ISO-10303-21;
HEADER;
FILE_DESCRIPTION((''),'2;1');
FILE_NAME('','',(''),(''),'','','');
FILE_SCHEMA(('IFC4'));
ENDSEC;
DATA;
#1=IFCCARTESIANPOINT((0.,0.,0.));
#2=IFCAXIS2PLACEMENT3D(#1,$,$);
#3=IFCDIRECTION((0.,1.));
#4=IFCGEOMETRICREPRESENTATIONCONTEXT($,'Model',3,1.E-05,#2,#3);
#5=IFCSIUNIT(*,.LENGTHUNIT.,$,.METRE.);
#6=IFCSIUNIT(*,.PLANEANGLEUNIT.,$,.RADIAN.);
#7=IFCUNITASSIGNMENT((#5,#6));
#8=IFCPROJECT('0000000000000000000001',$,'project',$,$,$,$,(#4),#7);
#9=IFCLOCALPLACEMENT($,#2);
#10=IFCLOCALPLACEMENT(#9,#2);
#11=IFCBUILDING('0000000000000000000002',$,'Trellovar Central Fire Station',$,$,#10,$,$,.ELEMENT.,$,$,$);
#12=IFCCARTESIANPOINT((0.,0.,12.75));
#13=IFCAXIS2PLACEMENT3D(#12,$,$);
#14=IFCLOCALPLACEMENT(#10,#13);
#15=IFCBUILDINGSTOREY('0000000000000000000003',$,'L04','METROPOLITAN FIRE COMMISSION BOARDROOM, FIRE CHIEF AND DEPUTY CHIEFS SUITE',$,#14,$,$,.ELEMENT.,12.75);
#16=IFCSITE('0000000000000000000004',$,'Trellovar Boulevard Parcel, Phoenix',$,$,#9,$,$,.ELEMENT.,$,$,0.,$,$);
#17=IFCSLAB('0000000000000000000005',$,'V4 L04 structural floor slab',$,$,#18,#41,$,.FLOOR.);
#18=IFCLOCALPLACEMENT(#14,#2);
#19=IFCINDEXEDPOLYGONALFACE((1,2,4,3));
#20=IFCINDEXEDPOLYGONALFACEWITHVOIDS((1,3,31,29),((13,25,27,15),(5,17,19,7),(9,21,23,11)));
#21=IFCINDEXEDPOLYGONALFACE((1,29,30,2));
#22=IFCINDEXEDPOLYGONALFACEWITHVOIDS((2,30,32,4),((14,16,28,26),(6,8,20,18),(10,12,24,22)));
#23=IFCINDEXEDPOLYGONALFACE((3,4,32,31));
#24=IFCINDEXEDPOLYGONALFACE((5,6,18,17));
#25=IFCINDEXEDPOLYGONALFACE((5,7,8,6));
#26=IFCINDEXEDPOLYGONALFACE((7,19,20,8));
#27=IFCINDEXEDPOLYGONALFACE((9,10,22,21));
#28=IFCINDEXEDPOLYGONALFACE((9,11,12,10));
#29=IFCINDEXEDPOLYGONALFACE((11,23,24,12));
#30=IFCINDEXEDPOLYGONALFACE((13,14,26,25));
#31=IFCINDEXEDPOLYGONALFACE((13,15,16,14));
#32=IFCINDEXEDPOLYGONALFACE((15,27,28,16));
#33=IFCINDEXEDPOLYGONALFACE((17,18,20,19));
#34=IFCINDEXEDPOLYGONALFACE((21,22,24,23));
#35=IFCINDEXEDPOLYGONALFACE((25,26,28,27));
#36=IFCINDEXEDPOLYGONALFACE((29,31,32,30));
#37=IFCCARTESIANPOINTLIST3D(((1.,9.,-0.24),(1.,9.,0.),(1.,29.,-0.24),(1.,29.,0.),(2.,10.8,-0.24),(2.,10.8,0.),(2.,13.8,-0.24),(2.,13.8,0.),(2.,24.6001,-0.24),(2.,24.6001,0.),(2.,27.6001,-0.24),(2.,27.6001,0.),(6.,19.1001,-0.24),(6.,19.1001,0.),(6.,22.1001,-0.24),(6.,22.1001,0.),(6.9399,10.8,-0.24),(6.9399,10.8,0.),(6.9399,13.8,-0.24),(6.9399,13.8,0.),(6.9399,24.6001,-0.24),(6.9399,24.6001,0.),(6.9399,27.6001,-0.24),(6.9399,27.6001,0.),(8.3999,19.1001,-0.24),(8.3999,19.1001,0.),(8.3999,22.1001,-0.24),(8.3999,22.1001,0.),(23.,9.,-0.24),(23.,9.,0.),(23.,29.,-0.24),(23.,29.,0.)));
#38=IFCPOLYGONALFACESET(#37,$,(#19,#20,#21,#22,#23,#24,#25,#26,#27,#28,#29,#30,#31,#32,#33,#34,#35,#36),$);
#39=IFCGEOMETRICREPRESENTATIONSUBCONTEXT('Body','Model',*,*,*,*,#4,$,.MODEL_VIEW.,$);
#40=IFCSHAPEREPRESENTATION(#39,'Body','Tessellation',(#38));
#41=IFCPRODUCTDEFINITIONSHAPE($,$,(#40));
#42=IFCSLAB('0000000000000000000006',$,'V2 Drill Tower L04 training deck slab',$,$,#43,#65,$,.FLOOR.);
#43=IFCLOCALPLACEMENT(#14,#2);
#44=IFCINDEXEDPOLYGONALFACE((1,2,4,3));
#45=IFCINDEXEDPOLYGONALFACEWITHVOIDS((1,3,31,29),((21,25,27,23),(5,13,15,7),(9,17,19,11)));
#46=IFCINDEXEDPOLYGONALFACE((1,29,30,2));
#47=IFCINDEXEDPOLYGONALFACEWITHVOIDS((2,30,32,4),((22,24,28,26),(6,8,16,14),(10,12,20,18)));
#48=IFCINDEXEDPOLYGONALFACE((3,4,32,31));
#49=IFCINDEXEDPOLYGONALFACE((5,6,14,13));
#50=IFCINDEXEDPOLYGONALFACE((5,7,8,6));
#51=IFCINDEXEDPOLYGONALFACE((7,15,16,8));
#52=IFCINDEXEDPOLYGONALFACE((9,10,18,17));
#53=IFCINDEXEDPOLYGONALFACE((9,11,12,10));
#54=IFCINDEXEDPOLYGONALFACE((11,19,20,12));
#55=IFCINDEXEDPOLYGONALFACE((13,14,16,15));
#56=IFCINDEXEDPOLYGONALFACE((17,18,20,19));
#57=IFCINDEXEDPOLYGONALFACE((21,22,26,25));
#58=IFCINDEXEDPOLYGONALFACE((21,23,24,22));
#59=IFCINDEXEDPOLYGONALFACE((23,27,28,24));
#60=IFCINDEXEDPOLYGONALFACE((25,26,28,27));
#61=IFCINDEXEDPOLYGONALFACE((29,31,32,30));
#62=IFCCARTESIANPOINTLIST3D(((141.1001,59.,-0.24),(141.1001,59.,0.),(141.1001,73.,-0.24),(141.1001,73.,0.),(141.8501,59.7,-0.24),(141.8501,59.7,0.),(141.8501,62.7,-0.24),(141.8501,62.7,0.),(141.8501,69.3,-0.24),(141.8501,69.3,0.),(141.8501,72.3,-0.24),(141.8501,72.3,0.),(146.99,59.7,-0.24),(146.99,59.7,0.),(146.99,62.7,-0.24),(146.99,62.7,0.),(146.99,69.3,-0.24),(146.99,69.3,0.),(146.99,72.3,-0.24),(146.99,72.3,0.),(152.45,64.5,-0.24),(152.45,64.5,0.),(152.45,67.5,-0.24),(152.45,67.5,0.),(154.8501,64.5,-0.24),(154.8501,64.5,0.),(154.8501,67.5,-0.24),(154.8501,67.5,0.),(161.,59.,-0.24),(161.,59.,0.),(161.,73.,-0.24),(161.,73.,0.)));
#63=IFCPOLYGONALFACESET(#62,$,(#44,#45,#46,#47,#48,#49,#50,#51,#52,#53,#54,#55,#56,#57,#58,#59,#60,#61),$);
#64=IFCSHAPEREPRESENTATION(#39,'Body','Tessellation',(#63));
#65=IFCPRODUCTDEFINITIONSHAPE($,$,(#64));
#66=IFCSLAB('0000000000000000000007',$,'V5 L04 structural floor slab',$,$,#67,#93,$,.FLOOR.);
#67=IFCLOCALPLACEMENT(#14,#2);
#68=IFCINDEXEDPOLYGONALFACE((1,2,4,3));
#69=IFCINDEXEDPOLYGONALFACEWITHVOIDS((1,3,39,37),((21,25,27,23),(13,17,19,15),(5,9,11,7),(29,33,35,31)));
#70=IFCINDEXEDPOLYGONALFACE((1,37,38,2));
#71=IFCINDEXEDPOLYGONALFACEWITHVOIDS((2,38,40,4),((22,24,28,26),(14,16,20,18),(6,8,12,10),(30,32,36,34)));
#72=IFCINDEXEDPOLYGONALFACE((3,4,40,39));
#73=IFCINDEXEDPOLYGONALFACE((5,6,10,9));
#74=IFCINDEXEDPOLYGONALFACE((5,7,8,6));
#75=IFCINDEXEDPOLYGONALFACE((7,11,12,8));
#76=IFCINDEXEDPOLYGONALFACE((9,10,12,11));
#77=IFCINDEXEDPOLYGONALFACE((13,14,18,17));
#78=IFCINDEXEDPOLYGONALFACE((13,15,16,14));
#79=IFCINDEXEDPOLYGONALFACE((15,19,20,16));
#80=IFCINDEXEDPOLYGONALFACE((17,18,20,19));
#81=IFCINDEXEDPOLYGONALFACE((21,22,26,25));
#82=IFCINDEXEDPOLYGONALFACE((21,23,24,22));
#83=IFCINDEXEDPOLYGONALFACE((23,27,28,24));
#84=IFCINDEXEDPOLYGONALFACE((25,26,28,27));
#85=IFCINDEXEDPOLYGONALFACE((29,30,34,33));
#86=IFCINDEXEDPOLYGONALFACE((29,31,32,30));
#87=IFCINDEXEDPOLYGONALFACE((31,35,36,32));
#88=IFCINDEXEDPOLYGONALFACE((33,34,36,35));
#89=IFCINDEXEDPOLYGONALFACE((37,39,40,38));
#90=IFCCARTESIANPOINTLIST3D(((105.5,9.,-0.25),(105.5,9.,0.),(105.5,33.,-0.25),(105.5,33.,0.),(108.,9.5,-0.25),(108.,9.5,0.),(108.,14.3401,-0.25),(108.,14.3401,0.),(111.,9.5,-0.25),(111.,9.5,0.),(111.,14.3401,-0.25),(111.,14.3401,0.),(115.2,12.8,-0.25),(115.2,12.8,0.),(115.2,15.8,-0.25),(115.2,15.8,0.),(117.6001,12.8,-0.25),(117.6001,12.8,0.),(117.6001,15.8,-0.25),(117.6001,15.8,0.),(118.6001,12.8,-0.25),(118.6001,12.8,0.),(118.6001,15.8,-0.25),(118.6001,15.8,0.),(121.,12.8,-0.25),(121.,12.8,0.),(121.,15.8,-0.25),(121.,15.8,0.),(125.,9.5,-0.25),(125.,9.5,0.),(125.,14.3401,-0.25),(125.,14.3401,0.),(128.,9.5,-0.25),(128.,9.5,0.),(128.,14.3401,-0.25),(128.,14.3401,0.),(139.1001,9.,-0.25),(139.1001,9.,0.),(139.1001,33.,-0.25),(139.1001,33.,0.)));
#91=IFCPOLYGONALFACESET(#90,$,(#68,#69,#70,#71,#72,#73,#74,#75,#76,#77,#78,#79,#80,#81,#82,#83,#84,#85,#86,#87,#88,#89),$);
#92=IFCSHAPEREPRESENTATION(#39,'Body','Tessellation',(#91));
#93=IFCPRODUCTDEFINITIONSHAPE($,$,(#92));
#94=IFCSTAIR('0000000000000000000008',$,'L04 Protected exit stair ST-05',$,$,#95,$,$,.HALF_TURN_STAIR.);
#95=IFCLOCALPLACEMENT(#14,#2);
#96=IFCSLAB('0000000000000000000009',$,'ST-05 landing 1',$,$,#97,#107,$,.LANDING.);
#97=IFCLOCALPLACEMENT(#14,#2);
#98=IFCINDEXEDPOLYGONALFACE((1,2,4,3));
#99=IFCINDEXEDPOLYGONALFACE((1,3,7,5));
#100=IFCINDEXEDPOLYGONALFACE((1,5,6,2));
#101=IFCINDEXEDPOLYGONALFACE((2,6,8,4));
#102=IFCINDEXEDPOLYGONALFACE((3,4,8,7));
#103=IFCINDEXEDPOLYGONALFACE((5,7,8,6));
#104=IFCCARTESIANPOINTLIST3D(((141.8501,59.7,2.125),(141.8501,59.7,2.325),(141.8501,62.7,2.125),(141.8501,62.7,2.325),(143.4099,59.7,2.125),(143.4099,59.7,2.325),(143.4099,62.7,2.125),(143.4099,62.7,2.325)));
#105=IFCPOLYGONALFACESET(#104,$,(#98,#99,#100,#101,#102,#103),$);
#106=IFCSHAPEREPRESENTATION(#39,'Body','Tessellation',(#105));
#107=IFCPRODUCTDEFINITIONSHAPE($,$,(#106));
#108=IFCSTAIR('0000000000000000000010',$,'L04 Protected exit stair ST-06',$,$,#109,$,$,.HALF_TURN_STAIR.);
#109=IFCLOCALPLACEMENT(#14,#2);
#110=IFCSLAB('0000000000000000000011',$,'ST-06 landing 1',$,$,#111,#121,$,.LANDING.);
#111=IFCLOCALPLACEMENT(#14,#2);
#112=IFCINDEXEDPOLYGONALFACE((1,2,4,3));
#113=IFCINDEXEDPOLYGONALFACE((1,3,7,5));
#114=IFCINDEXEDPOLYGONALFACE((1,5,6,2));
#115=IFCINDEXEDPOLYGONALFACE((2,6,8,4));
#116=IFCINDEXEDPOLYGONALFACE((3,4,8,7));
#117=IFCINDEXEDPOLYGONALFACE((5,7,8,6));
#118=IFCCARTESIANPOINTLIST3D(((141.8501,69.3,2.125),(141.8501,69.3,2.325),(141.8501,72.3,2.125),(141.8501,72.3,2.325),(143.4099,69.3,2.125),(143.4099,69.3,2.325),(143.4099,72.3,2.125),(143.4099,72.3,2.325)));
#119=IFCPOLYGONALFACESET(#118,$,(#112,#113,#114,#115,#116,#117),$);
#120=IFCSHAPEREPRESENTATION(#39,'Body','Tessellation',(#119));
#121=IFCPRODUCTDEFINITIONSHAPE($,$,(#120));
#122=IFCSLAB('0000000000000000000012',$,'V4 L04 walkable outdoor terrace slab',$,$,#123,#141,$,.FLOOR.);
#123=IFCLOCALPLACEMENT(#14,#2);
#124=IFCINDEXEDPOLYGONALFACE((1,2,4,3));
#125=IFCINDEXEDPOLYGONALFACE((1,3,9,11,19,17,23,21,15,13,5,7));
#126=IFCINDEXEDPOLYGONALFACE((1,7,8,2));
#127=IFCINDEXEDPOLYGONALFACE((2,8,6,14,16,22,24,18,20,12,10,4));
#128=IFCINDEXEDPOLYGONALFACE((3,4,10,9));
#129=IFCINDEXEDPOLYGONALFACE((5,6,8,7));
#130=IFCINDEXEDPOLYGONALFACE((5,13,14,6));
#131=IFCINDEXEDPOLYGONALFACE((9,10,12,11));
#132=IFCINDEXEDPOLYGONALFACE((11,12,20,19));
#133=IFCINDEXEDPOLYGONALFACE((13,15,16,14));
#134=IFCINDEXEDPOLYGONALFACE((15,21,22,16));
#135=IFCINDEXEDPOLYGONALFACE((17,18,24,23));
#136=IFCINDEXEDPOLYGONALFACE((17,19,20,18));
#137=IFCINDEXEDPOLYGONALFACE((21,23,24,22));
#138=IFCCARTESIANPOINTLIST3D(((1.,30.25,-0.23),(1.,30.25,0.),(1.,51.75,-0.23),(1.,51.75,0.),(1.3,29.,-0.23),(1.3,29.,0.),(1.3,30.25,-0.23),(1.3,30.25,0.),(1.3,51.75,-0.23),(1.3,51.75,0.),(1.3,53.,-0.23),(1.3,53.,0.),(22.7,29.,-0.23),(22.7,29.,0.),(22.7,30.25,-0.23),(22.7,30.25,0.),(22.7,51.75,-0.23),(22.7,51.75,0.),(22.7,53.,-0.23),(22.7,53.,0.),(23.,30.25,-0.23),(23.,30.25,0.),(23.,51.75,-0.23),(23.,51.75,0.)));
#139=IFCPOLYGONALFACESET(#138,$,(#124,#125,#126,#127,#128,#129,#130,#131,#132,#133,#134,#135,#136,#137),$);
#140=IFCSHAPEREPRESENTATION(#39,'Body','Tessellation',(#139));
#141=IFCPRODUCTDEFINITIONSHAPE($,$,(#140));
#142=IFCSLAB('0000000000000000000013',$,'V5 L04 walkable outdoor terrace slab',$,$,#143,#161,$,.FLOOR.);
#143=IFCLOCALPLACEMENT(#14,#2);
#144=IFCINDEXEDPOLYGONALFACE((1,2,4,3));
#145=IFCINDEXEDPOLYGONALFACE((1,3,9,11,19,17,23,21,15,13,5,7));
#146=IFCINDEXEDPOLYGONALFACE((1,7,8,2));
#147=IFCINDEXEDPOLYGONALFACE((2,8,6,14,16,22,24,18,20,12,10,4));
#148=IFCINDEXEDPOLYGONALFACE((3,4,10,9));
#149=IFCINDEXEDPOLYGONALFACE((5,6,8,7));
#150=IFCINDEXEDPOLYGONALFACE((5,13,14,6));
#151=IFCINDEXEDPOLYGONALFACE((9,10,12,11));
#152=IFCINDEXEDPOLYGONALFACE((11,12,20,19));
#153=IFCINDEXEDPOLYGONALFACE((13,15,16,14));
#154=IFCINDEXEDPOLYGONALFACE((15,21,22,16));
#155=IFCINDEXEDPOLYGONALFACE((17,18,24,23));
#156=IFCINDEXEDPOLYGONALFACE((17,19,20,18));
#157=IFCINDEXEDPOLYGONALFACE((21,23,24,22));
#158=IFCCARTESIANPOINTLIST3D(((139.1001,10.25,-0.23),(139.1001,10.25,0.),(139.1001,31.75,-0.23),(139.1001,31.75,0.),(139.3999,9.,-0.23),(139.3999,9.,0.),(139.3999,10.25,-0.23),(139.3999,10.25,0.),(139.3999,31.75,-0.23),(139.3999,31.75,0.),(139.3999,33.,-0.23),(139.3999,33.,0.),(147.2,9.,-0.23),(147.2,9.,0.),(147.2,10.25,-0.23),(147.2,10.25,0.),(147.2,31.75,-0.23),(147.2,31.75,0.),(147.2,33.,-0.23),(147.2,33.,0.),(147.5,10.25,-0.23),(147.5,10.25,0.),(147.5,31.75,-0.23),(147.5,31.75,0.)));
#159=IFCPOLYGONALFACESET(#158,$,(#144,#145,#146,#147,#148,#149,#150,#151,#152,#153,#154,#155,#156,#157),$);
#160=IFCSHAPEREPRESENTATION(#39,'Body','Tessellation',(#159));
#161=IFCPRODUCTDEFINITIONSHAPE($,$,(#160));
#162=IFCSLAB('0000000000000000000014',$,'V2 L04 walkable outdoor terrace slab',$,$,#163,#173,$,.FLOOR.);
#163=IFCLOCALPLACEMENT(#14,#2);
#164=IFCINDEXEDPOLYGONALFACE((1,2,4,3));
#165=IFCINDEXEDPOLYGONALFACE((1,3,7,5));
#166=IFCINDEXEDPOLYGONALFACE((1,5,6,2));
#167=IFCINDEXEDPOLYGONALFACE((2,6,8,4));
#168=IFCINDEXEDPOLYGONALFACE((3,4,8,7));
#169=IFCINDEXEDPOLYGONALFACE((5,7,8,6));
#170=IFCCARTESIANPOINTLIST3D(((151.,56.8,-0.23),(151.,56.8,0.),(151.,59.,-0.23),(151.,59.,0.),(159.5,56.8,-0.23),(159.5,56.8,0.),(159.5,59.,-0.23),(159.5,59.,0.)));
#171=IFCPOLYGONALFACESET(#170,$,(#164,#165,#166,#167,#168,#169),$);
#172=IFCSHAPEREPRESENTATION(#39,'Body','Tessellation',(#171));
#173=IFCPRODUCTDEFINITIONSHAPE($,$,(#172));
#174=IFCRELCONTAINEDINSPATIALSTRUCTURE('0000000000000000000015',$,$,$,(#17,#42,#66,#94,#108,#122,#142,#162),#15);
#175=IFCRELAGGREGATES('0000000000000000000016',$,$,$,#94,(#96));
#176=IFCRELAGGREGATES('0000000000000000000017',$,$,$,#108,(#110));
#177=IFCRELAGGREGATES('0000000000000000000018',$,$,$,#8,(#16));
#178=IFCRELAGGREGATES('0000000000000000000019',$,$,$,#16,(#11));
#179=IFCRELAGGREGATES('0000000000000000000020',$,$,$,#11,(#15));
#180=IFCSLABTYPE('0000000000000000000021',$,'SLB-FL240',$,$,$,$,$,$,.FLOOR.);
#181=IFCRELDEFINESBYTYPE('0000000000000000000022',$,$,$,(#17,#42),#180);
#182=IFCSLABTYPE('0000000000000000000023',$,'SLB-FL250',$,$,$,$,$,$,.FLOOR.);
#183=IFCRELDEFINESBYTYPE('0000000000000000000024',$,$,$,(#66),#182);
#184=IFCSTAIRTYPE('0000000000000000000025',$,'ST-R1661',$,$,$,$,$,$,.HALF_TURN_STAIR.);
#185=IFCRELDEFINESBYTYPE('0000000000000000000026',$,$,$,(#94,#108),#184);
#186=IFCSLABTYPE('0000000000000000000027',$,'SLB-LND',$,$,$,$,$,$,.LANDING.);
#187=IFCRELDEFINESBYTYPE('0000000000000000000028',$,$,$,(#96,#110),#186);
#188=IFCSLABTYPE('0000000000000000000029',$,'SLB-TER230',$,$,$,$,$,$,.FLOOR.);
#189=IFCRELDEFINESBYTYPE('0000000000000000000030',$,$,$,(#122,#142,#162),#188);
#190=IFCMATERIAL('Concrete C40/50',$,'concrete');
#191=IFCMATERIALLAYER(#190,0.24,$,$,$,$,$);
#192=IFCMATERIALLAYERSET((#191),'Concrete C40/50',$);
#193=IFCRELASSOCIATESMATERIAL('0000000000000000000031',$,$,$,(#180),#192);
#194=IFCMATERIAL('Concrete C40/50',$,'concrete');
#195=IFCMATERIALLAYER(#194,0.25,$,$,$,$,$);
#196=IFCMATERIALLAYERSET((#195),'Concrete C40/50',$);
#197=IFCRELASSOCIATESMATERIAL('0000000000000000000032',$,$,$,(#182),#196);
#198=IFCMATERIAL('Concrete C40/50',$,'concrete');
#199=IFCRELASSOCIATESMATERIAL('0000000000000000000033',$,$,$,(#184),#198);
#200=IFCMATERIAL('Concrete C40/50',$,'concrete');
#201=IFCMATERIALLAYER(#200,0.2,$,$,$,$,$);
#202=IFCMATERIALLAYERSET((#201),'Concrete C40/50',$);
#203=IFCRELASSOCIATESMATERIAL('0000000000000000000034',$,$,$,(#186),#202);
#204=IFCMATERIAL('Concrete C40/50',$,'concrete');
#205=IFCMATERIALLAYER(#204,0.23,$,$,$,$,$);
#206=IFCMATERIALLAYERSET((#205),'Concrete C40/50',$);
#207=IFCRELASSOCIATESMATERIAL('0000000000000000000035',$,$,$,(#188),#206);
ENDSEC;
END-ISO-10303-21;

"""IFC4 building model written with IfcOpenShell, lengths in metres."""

from ifc_helpers import new_model, si_unit, direction, frame, origin, place, context, subcontext, project, spatial, polyline, outline, extrude, material, layer, layer_set, type_object, element, aggregate, save


model = new_model("IFC4")

# Units and contexts
model_context = context("Model", 3, precision=1e-05, world=origin(), true_north=direction((0.0, 1.0)))
body_context = subcontext(model_context, "Body", "Model", "MODEL_VIEW")
ifc_project = project(units=[si_unit("LENGTHUNIT", "METRE"), si_unit("PLANEANGLEUNIT", "RADIAN")], contexts=[model_context])

# Site, building, storey
site_placement = place(None, origin())
site = spatial("IfcSite", under=ifc_project, at=site_placement, Name="Trellovar Boulevard Parcel, Phoenix", CompositionType="ELEMENT", RefElevation=0.0)
building_placement = place(site_placement, origin())
building = spatial("IfcBuilding", under=site, at=building_placement, Name="Trellovar Central Fire Station", CompositionType="ELEMENT")
storey_placement = place(building_placement, frame((0.0, 0.0, 12.75)))
storey = spatial("IfcBuildingStorey", under=building, at=storey_placement, Name="L04", Description="METROPOLITAN FIRE COMMISSION BOARDROOM, FIRE CHIEF AND DEPUTY CHIEFS SUITE", CompositionType="ELEMENT", Elevation=12.75)

# Slabs
ifc_material_1 = material(Name="Concrete C40/50", Category="concrete")
ifc_layer_1 = layer(ifc_material_1, 0.24)
ifc_layer_set_1 = layer_set([ifc_layer_1], Name="Concrete C40/50")
slab_type_1 = type_object("IfcSlabType", Name="SLB-FL240", PredefinedType="FLOOR", material=ifc_layer_set_1)
slab_1_placement = place(storey_placement, frame((0.0, 0.0, -0.24)))
element("IfcSlab", 1, at=slab_1_placement, inside=storey, type_object=slab_type_1, Name="V4 L04 structural floor slab", PredefinedType="FLOOR", context=body_context, shape_type="SweptSolid", body=[
    extrude(outline(polyline([(1.0, 9.0), (23.0, 9.0), (23.0, 29.0), (1.0, 29.0), (1.0, 9.0)]), holes=[polyline([(6.9399, 13.8), (2.0, 13.8), (2.0, 10.8), (6.9399, 10.8), (6.9399, 13.8)]), polyline([(6.9399, 27.6001), (2.0, 27.6001), (2.0, 24.6001), (6.9399, 24.6001), (6.9399, 27.6001)]), polyline([(6.0, 19.1001), (8.3999, 19.1001), (8.3999, 22.1001), (6.0, 22.1001), (6.0, 19.1001)])]), origin(), (0.0, 0.0, 1.0), 0.24),
])
slab_2_placement = place(storey_placement, frame((0.0, 0.0, -0.24)))
element("IfcSlab", 2, at=slab_2_placement, inside=storey, type_object=slab_type_1, Name="V2 Drill Tower L04 training deck slab", PredefinedType="FLOOR", context=body_context, shape_type="SweptSolid", body=[
    extrude(outline(polyline([(141.1001, 59.0), (161.0, 59.0), (161.0, 73.0), (141.1001, 73.0), (141.1001, 59.0)]), holes=[polyline([(146.99, 62.7), (141.8501, 62.7), (141.8501, 59.7), (146.99, 59.7), (146.99, 62.7)]), polyline([(146.99, 72.3), (141.8501, 72.3), (141.8501, 69.3), (146.99, 69.3), (146.99, 72.3)]), polyline([(152.45, 64.5), (154.8501, 64.5), (154.8501, 67.5), (152.45, 67.5), (152.45, 64.5)])]), origin(), (0.0, 0.0, 1.0), 0.24),
])
ifc_material_2 = material(Name="Concrete C40/50", Category="concrete")
ifc_layer_2 = layer(ifc_material_2, 0.25)
ifc_layer_set_2 = layer_set([ifc_layer_2], Name="Concrete C40/50")
slab_type_2 = type_object("IfcSlabType", Name="SLB-FL250", PredefinedType="FLOOR", material=ifc_layer_set_2)
slab_3_placement = place(storey_placement, frame((0.0, 0.0, -0.25)))
element("IfcSlab", 3, at=slab_3_placement, inside=storey, type_object=slab_type_2, Name="V5 L04 structural floor slab", PredefinedType="FLOOR", context=body_context, shape_type="SweptSolid", body=[
    extrude(outline(polyline([(105.5, 9.0), (139.1001, 9.0), (139.1001, 33.0), (105.5, 33.0), (105.5, 9.0)]), holes=[polyline([(108.0, 14.3401), (108.0, 9.5), (111.0, 9.5), (111.0, 14.3401), (108.0, 14.3401)]), polyline([(125.0, 14.3401), (125.0, 9.5), (128.0, 9.5), (128.0, 14.3401), (125.0, 14.3401)]), polyline([(115.2, 12.8), (117.6001, 12.8), (117.6001, 15.8), (115.2, 15.8), (115.2, 12.8)]), polyline([(118.6001, 12.8), (121.0, 12.8), (121.0, 15.8), (118.6001, 15.8), (118.6001, 12.8)])]), origin(), (0.0, 0.0, 1.0), 0.25),
])

# Stairs, slabs
ifc_material_3 = material(Name="Concrete C40/50", Category="concrete")
stair_type = type_object("IfcStairType", Name="ST-R1661", PredefinedType="HALF_TURN_STAIR", material=ifc_material_3)
stair_1_placement = place(storey_placement, origin())
stair_1 = element("IfcStair", 4, at=stair_1_placement, inside=storey, type_object=stair_type, Name="L04 Protected exit stair ST-05", PredefinedType="HALF_TURN_STAIR")
ifc_material_4 = material(Name="Concrete C40/50", Category="concrete")
ifc_layer_3 = layer(ifc_material_4, 0.2)
ifc_layer_set_3 = layer_set([ifc_layer_3], Name="Concrete C40/50")
slab_type_3 = type_object("IfcSlabType", Name="SLB-LND", PredefinedType="LANDING", material=ifc_layer_set_3)
slab_4_placement = place(storey_placement, frame((0.0, 0.0, 2.125)))
slab_4 = element("IfcSlab", 5, at=slab_4_placement, type_object=slab_type_3, Name="ST-05 landing 1", PredefinedType="LANDING", context=body_context, shape_type="SweptSolid", body=[
    extrude(outline(polyline([(143.4099, 62.7), (141.8501, 62.7), (141.8501, 59.7), (143.4099, 59.7), (143.4099, 62.7)])), origin(), (0.0, 0.0, 1.0), 0.2),
])
aggregate(stair_1, [slab_4])
stair_2_placement = place(storey_placement, origin())
stair_2 = element("IfcStair", 6, at=stair_2_placement, inside=storey, type_object=stair_type, Name="L04 Protected exit stair ST-06", PredefinedType="HALF_TURN_STAIR")
slab_5_placement = place(storey_placement, frame((0.0, 0.0, 2.125)))
slab_5 = element("IfcSlab", 7, at=slab_5_placement, type_object=slab_type_3, Name="ST-06 landing 1", PredefinedType="LANDING", context=body_context, shape_type="SweptSolid", body=[
    extrude(outline(polyline([(143.4099, 72.3), (141.8501, 72.3), (141.8501, 69.3), (143.4099, 69.3), (143.4099, 72.3)])), origin(), (0.0, 0.0, 1.0), 0.2),
])
aggregate(stair_2, [slab_5])

# Slabs
ifc_material_5 = material(Name="Concrete C40/50", Category="concrete")
ifc_layer_4 = layer(ifc_material_5, 0.23)
ifc_layer_set_4 = layer_set([ifc_layer_4], Name="Concrete C40/50")
slab_type_4 = type_object("IfcSlabType", Name="SLB-TER230", PredefinedType="FLOOR", material=ifc_layer_set_4)
slab_6_placement = place(storey_placement, frame((0.0, 0.0, -0.23)))
element("IfcSlab", 8, at=slab_6_placement, inside=storey, type_object=slab_type_4, Name="V4 L04 walkable outdoor terrace slab", PredefinedType="FLOOR", context=body_context, shape_type="SweptSolid", body=[
    extrude(outline(polyline([(1.3, 29.0), (22.7, 29.0), (22.7, 30.25), (23.0, 30.25), (23.0, 51.75), (22.7, 51.75), (22.7, 53.0), (1.3, 53.0), (1.3, 51.75), (1.0, 51.75), (1.0, 30.25), (1.3, 30.25), (1.3, 29.0)])), origin(), (0.0, 0.0, 1.0), 0.23),
])
slab_7_placement = place(storey_placement, frame((0.0, 0.0, -0.23)))
element("IfcSlab", 9, at=slab_7_placement, inside=storey, type_object=slab_type_4, Name="V5 L04 walkable outdoor terrace slab", PredefinedType="FLOOR", context=body_context, shape_type="SweptSolid", body=[
    extrude(outline(polyline([(139.3999, 9.0), (147.2, 9.0), (147.2, 10.25), (147.5, 10.25), (147.5, 31.75), (147.2, 31.75), (147.2, 33.0), (139.3999, 33.0), (139.3999, 31.75), (139.1001, 31.75), (139.1001, 10.25), (139.3999, 10.25), (139.3999, 9.0)])), origin(), (0.0, 0.0, 1.0), 0.23),
])
slab_8_placement = place(storey_placement, frame((0.0, 0.0, -0.23)))
element("IfcSlab", 10, at=slab_8_placement, inside=storey, type_object=slab_type_4, Name="V2 L04 walkable outdoor terrace slab", PredefinedType="FLOOR", context=body_context, shape_type="SweptSolid", body=[
    extrude(outline(polyline([(151.0, 56.8), (159.5, 56.8), (159.5, 59.0), (151.0, 59.0), (151.0, 56.8)])), origin(), (0.0, 0.0, 1.0), 0.23),
])

save(model, "model.ifc")
